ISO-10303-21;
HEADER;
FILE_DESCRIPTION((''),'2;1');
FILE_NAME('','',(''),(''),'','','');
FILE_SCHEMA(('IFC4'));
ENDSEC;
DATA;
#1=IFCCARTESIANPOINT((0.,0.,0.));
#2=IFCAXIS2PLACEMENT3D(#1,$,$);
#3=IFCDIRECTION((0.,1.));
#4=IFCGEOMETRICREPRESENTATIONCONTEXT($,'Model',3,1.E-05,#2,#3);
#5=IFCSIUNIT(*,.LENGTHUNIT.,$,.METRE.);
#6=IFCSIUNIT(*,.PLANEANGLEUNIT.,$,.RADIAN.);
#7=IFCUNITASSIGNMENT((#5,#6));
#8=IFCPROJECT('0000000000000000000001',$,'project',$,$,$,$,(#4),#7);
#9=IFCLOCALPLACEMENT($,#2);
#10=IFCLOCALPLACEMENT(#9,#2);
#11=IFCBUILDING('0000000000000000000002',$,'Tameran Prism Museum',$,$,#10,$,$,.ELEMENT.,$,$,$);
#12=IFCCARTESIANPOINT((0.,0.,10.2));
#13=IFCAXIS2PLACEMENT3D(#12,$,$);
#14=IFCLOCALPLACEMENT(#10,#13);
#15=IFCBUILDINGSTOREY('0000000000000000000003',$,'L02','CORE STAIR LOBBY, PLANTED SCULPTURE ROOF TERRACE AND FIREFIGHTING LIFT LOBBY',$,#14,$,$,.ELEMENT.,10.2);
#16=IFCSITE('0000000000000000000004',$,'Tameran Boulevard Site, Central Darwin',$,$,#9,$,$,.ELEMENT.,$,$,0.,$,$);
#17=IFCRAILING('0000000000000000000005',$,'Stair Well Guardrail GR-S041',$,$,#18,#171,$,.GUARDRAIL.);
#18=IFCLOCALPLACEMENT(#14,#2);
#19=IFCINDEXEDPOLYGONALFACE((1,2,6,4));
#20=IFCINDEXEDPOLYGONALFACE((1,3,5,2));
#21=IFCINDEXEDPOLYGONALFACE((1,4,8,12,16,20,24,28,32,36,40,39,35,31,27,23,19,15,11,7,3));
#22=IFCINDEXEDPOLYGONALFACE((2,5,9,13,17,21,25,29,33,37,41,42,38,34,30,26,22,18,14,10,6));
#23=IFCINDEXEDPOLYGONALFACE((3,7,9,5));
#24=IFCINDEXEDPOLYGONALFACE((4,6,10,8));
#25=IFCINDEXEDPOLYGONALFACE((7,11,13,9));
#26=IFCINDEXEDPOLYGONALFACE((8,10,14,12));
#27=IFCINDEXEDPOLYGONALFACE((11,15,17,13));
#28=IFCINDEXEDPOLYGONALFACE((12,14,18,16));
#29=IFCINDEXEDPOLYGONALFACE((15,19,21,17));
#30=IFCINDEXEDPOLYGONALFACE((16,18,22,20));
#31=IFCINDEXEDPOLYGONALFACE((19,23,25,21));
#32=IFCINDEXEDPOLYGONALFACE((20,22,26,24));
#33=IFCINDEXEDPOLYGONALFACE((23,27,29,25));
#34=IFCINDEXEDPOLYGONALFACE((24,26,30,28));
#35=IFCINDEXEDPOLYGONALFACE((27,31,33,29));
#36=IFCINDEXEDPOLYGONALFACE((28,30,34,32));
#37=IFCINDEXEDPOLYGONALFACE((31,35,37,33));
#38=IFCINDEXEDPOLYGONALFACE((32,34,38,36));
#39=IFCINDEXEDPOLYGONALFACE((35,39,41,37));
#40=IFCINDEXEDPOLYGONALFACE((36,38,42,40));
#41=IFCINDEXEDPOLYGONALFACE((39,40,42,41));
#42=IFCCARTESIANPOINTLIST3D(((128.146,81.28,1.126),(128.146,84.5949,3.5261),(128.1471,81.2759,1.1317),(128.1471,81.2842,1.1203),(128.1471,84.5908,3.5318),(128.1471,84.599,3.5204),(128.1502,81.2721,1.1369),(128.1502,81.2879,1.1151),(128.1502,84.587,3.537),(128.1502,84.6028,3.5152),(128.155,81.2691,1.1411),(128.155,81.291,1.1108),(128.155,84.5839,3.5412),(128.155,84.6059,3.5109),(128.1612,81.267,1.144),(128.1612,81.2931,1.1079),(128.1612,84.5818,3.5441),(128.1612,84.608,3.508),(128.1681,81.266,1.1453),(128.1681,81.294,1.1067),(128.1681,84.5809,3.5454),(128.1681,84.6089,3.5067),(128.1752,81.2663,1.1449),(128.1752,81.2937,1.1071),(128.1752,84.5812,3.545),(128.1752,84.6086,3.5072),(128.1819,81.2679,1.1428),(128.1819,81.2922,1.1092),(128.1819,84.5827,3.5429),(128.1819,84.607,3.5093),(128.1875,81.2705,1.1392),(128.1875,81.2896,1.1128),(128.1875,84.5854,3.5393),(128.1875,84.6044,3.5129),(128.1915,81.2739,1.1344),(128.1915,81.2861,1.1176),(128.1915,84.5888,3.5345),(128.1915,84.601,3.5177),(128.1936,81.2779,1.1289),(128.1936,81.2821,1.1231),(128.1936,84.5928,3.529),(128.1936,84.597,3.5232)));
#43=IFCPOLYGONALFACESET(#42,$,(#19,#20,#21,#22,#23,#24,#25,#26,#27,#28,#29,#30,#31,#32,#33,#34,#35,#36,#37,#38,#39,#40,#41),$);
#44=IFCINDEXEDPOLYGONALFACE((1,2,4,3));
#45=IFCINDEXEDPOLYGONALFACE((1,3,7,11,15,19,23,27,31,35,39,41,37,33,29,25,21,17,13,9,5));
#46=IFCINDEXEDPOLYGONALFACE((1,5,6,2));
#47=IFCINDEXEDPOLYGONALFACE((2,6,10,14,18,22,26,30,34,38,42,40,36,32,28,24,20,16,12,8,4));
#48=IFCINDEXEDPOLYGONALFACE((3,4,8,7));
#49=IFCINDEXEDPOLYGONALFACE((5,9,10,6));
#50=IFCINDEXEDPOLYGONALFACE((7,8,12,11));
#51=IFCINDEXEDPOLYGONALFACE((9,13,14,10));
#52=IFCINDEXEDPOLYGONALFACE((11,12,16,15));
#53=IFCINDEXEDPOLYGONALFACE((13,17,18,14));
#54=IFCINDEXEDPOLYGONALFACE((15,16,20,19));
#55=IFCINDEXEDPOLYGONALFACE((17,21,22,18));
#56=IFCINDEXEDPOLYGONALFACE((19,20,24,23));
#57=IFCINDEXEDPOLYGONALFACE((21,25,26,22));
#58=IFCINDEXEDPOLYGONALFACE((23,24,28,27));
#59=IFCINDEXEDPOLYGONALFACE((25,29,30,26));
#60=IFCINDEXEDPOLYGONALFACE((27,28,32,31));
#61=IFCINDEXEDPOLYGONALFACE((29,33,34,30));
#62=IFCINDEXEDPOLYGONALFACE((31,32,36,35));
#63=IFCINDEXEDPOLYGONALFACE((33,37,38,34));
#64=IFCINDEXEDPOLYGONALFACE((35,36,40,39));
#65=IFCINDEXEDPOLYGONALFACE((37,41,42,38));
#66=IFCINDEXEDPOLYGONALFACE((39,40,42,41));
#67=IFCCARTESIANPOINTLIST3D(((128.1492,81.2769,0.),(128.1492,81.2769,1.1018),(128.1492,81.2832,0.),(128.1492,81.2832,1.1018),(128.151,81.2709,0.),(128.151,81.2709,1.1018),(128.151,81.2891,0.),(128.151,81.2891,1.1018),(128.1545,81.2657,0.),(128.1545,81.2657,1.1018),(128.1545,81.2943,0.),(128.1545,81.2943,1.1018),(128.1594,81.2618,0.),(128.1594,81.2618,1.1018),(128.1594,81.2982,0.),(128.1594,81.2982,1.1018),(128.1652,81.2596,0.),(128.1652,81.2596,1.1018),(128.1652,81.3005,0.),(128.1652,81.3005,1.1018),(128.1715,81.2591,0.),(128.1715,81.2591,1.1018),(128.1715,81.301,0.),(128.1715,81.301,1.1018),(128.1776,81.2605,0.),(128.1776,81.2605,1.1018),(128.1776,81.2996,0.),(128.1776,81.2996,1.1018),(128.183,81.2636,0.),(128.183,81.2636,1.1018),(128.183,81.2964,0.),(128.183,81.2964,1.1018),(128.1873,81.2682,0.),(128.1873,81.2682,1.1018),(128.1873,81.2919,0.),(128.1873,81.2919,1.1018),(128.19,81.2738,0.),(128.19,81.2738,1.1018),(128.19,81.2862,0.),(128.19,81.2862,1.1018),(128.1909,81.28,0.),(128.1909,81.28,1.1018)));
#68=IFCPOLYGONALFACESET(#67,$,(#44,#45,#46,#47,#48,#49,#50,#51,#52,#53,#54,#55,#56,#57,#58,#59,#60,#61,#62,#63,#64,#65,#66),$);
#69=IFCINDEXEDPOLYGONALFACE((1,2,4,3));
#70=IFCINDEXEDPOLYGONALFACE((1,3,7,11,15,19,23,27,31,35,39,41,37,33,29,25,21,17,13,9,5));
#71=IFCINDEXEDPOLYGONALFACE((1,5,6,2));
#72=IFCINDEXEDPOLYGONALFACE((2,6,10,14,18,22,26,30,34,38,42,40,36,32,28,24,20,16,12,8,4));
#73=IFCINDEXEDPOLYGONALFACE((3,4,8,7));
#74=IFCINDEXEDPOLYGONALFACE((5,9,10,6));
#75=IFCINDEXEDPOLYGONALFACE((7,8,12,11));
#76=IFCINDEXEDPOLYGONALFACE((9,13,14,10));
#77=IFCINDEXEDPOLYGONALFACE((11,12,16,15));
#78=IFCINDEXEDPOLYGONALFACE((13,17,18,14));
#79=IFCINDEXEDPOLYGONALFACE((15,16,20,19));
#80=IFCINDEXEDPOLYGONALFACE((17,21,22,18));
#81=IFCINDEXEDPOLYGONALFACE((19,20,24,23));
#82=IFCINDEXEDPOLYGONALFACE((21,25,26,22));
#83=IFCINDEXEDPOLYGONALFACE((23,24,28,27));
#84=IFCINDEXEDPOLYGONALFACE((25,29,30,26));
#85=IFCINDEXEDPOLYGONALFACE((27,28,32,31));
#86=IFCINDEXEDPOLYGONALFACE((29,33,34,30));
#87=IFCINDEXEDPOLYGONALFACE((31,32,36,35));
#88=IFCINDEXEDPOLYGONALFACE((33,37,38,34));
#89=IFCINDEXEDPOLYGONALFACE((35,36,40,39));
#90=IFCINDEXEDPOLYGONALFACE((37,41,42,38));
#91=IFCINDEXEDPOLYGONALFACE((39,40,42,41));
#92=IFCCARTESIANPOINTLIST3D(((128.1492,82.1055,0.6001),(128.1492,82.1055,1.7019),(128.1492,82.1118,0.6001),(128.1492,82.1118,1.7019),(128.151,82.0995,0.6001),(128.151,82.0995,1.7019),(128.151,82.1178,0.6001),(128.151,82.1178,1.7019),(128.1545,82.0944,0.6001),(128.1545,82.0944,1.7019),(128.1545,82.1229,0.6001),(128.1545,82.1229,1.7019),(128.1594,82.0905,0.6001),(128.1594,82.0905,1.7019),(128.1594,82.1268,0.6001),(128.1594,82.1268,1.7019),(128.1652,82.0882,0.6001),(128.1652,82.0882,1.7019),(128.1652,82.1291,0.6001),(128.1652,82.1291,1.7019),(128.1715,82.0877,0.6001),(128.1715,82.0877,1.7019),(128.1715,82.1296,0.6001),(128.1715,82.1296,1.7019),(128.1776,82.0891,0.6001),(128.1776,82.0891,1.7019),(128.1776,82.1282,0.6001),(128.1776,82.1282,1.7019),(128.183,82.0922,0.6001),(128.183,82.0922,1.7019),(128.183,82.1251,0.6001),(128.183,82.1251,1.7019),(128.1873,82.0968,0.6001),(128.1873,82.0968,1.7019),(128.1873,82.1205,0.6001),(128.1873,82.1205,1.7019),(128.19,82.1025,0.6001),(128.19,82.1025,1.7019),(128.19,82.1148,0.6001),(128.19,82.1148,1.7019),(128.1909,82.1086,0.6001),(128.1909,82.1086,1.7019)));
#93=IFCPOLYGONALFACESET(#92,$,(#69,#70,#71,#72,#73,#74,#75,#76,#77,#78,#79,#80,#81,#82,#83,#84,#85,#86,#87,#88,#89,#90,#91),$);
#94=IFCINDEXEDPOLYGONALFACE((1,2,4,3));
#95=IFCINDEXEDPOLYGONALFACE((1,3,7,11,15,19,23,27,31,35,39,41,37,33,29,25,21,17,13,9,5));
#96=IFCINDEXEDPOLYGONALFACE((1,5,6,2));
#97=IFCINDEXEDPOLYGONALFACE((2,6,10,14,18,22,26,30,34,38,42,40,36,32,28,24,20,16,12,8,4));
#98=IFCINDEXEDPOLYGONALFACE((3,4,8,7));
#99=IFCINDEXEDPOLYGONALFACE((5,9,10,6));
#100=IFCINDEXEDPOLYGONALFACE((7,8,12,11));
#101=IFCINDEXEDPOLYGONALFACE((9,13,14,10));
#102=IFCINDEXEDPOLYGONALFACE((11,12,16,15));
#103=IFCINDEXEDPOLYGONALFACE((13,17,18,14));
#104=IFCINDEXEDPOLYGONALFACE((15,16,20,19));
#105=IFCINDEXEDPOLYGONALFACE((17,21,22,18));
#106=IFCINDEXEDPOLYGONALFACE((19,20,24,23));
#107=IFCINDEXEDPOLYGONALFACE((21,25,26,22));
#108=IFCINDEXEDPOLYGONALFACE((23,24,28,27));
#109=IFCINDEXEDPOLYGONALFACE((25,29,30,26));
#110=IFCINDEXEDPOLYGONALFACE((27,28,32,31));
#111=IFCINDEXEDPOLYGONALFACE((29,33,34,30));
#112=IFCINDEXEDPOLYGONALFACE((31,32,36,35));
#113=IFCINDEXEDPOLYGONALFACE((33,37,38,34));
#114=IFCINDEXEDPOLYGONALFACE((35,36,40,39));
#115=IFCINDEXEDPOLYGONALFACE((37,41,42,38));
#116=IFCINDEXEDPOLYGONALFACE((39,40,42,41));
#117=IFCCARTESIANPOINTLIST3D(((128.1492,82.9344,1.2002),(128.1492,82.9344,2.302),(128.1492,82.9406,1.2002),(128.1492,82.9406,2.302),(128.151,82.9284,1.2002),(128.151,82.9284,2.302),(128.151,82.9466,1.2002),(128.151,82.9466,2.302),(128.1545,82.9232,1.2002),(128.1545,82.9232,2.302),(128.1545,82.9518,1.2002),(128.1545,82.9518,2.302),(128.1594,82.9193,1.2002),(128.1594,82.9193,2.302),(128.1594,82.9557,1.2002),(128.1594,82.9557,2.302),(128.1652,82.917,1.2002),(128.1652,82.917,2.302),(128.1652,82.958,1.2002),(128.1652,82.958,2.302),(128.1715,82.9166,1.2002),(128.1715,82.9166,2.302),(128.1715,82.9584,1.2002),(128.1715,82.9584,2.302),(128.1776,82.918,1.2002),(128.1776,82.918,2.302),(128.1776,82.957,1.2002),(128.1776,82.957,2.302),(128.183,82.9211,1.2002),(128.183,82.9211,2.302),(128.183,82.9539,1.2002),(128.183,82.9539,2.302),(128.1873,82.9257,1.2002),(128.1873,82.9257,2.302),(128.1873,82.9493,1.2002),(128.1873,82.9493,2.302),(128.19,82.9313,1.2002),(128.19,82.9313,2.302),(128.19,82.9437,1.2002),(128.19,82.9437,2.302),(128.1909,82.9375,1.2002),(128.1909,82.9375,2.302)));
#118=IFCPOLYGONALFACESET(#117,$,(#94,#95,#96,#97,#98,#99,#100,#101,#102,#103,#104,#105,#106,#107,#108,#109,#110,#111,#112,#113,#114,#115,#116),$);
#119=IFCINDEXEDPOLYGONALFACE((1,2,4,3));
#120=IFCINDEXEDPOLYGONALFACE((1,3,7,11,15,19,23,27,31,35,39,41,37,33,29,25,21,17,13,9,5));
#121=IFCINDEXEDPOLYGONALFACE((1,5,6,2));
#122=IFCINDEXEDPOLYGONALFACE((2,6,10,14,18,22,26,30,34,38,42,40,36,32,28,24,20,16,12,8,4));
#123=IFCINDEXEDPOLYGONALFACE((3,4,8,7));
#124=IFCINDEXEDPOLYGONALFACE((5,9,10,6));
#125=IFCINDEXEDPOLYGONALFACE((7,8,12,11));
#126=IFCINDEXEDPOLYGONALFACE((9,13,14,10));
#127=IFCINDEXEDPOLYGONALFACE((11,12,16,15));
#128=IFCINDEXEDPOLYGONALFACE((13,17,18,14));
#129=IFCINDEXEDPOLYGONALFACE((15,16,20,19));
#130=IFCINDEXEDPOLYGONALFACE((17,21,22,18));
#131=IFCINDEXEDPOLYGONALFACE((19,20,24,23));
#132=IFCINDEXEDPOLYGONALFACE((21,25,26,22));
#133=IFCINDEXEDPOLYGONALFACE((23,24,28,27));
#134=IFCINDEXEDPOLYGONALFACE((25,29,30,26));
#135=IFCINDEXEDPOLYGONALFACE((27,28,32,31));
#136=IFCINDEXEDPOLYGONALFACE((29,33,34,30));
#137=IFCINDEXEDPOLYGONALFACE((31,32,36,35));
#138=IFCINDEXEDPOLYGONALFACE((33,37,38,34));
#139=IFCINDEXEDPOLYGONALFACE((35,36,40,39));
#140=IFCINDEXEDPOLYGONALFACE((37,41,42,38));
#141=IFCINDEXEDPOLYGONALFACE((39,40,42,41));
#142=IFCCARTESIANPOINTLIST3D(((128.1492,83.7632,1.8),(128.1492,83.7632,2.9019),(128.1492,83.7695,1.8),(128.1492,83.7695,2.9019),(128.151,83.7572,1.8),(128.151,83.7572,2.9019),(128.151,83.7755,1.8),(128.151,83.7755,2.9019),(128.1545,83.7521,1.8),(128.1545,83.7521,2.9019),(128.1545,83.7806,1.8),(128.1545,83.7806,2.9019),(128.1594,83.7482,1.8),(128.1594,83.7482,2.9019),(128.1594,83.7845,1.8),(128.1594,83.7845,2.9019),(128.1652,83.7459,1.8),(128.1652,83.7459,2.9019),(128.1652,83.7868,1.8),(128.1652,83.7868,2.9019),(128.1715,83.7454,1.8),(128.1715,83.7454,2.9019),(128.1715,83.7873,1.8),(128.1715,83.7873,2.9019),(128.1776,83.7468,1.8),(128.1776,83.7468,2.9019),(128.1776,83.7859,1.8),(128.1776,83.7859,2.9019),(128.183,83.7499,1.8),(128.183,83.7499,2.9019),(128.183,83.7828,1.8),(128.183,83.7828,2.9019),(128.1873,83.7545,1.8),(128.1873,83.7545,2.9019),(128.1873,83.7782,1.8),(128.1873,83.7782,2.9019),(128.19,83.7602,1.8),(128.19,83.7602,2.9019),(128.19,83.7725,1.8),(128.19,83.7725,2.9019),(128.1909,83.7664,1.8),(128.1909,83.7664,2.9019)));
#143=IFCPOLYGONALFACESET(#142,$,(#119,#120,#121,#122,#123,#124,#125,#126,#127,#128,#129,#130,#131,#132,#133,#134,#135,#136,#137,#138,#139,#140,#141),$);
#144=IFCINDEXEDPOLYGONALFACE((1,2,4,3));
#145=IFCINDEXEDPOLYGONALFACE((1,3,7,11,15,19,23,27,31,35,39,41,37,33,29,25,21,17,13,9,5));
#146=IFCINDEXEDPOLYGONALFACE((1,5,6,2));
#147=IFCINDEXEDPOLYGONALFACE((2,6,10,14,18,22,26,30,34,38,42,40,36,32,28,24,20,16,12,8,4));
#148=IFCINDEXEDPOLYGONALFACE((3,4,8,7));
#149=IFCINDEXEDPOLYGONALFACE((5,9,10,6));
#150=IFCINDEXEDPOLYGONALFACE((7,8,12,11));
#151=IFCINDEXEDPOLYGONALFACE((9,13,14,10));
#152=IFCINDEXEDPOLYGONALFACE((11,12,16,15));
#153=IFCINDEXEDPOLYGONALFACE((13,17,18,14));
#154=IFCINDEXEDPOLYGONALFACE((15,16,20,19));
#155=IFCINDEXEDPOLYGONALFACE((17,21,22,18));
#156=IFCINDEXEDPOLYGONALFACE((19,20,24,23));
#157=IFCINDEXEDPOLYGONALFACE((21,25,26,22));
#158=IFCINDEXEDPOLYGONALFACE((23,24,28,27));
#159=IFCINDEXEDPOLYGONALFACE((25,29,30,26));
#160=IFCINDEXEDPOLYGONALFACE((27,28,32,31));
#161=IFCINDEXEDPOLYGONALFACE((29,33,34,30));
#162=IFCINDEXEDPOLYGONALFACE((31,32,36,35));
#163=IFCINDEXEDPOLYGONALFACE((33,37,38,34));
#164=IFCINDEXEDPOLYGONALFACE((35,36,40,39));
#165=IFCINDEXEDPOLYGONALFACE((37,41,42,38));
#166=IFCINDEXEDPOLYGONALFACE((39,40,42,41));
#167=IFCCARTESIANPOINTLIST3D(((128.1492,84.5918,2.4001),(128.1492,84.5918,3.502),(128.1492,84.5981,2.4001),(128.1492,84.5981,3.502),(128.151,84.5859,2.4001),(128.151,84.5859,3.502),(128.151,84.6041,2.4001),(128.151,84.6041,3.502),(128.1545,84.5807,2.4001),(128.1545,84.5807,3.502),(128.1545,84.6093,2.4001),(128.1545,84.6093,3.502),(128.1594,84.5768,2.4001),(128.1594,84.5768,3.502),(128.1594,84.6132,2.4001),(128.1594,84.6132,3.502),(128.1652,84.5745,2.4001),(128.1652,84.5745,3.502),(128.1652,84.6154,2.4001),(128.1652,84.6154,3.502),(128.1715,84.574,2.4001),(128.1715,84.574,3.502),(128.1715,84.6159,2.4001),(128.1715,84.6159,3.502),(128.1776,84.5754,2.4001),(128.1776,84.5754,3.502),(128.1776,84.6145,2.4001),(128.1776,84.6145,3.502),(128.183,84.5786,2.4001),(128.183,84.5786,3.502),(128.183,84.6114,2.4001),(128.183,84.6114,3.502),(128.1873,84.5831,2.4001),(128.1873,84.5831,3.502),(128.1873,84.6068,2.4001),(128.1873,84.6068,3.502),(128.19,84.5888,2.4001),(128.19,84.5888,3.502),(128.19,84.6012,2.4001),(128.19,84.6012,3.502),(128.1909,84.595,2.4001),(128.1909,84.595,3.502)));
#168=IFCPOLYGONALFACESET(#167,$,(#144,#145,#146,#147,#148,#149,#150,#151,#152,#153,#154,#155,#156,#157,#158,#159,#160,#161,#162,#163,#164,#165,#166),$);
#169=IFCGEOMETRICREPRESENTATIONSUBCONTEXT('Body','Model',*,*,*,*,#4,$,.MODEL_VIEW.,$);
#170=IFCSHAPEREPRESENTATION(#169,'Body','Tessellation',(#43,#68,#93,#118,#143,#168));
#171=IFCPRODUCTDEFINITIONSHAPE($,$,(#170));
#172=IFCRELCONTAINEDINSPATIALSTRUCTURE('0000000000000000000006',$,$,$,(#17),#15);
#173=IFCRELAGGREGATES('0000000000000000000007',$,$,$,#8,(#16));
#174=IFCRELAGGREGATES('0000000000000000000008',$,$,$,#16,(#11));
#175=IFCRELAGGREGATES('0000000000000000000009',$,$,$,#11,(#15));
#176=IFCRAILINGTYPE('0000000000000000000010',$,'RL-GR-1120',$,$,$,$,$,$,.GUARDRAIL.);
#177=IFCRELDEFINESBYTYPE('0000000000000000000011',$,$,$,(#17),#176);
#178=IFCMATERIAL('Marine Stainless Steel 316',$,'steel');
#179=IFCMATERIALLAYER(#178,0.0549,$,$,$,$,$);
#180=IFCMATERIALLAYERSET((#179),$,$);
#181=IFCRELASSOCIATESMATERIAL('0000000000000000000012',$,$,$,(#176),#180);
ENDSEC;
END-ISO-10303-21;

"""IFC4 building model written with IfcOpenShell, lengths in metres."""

from ifc_helpers import new_model, si_unit, direction, frame, origin, origin_2d, place, context, subcontext, project, spatial, circle, extrude, material, layer, layer_set, type_object, element, save


model = new_model("IFC4")

# Units and contexts
model_context = context("Model", 3, precision=1e-05, world=origin(), true_north=direction((0.0, 1.0)))
body_context = subcontext(model_context, "Body", "Model", "MODEL_VIEW")
ifc_project = project(units=[si_unit("LENGTHUNIT", "METRE"), si_unit("PLANEANGLEUNIT", "RADIAN")], contexts=[model_context])

# Site, building, storey
site_placement = place(None, origin())
site = spatial("IfcSite", under=ifc_project, at=site_placement, Name="Tameran Boulevard Site, Central Darwin", CompositionType="ELEMENT", RefElevation=0.0)
building_placement = place(site_placement, origin())
building = spatial("IfcBuilding", under=site, at=building_placement, Name="Tameran Prism Museum", CompositionType="ELEMENT")
storey_placement = place(building_placement, frame((0.0, 0.0, 10.2)))
storey = spatial("IfcBuildingStorey", under=building, at=storey_placement, Name="L02", Description="CORE STAIR LOBBY, PLANTED SCULPTURE ROOF TERRACE AND FIREFIGHTING LIFT LOBBY", CompositionType="ELEMENT", Elevation=10.2)

# Railing
ifc_material_1 = material(Name="Marine Stainless Steel 316", Category="steel")
ifc_layer_1 = layer(ifc_material_1, 0.0549)
ifc_layer_set_1 = layer_set([ifc_layer_1])
railing_type_1 = type_object("IfcRailingType", Name="RL-GR-1120", PredefinedType="GUARDRAIL", material=ifc_layer_set_1)
railing_1_placement = place(storey_placement, frame((128.1699, 81.28, 0.0)))
element("IfcRailing", 1, at=railing_1_placement, inside=storey, type_object=railing_type_1, Name="Stair Well Guardrail GR-S041", PredefinedType="GUARDRAIL", context=body_context, shape_type="SweptSolid", body=[
    extrude(circle(Radius=0.0239, at=origin_2d()), frame((0.0, 0.0, 1.126), z_axis=(0.0, 0.80998, 0.586457), x_axis=(-1.0, 0.0, 0.0)), (0.0, 0.0, 1.0), 4.0925),
    extrude(circle(Radius=0.021, at=origin_2d()), origin(), (0.0, 0.0, 1.0), 1.1018),
    extrude(circle(Radius=0.021, at=origin_2d()), frame((0.0, 0.8286, 0.6001)), (0.0, 0.0, 1.0), 1.1018),
    extrude(circle(Radius=0.021, at=origin_2d()), frame((0.0, 1.6575, 1.2002)), (0.0, 0.0, 1.0), 1.1018),
    extrude(circle(Radius=0.021, at=origin_2d()), frame((0.0, 2.4863, 1.8)), (0.0, 0.0, 1.0), 1.1018),
    extrude(circle(Radius=0.021, at=origin_2d()), frame((0.0, 3.3149, 2.4001)), (0.0, 0.0, 1.0), 1.1018),
])

save(model, "model.ifc")
